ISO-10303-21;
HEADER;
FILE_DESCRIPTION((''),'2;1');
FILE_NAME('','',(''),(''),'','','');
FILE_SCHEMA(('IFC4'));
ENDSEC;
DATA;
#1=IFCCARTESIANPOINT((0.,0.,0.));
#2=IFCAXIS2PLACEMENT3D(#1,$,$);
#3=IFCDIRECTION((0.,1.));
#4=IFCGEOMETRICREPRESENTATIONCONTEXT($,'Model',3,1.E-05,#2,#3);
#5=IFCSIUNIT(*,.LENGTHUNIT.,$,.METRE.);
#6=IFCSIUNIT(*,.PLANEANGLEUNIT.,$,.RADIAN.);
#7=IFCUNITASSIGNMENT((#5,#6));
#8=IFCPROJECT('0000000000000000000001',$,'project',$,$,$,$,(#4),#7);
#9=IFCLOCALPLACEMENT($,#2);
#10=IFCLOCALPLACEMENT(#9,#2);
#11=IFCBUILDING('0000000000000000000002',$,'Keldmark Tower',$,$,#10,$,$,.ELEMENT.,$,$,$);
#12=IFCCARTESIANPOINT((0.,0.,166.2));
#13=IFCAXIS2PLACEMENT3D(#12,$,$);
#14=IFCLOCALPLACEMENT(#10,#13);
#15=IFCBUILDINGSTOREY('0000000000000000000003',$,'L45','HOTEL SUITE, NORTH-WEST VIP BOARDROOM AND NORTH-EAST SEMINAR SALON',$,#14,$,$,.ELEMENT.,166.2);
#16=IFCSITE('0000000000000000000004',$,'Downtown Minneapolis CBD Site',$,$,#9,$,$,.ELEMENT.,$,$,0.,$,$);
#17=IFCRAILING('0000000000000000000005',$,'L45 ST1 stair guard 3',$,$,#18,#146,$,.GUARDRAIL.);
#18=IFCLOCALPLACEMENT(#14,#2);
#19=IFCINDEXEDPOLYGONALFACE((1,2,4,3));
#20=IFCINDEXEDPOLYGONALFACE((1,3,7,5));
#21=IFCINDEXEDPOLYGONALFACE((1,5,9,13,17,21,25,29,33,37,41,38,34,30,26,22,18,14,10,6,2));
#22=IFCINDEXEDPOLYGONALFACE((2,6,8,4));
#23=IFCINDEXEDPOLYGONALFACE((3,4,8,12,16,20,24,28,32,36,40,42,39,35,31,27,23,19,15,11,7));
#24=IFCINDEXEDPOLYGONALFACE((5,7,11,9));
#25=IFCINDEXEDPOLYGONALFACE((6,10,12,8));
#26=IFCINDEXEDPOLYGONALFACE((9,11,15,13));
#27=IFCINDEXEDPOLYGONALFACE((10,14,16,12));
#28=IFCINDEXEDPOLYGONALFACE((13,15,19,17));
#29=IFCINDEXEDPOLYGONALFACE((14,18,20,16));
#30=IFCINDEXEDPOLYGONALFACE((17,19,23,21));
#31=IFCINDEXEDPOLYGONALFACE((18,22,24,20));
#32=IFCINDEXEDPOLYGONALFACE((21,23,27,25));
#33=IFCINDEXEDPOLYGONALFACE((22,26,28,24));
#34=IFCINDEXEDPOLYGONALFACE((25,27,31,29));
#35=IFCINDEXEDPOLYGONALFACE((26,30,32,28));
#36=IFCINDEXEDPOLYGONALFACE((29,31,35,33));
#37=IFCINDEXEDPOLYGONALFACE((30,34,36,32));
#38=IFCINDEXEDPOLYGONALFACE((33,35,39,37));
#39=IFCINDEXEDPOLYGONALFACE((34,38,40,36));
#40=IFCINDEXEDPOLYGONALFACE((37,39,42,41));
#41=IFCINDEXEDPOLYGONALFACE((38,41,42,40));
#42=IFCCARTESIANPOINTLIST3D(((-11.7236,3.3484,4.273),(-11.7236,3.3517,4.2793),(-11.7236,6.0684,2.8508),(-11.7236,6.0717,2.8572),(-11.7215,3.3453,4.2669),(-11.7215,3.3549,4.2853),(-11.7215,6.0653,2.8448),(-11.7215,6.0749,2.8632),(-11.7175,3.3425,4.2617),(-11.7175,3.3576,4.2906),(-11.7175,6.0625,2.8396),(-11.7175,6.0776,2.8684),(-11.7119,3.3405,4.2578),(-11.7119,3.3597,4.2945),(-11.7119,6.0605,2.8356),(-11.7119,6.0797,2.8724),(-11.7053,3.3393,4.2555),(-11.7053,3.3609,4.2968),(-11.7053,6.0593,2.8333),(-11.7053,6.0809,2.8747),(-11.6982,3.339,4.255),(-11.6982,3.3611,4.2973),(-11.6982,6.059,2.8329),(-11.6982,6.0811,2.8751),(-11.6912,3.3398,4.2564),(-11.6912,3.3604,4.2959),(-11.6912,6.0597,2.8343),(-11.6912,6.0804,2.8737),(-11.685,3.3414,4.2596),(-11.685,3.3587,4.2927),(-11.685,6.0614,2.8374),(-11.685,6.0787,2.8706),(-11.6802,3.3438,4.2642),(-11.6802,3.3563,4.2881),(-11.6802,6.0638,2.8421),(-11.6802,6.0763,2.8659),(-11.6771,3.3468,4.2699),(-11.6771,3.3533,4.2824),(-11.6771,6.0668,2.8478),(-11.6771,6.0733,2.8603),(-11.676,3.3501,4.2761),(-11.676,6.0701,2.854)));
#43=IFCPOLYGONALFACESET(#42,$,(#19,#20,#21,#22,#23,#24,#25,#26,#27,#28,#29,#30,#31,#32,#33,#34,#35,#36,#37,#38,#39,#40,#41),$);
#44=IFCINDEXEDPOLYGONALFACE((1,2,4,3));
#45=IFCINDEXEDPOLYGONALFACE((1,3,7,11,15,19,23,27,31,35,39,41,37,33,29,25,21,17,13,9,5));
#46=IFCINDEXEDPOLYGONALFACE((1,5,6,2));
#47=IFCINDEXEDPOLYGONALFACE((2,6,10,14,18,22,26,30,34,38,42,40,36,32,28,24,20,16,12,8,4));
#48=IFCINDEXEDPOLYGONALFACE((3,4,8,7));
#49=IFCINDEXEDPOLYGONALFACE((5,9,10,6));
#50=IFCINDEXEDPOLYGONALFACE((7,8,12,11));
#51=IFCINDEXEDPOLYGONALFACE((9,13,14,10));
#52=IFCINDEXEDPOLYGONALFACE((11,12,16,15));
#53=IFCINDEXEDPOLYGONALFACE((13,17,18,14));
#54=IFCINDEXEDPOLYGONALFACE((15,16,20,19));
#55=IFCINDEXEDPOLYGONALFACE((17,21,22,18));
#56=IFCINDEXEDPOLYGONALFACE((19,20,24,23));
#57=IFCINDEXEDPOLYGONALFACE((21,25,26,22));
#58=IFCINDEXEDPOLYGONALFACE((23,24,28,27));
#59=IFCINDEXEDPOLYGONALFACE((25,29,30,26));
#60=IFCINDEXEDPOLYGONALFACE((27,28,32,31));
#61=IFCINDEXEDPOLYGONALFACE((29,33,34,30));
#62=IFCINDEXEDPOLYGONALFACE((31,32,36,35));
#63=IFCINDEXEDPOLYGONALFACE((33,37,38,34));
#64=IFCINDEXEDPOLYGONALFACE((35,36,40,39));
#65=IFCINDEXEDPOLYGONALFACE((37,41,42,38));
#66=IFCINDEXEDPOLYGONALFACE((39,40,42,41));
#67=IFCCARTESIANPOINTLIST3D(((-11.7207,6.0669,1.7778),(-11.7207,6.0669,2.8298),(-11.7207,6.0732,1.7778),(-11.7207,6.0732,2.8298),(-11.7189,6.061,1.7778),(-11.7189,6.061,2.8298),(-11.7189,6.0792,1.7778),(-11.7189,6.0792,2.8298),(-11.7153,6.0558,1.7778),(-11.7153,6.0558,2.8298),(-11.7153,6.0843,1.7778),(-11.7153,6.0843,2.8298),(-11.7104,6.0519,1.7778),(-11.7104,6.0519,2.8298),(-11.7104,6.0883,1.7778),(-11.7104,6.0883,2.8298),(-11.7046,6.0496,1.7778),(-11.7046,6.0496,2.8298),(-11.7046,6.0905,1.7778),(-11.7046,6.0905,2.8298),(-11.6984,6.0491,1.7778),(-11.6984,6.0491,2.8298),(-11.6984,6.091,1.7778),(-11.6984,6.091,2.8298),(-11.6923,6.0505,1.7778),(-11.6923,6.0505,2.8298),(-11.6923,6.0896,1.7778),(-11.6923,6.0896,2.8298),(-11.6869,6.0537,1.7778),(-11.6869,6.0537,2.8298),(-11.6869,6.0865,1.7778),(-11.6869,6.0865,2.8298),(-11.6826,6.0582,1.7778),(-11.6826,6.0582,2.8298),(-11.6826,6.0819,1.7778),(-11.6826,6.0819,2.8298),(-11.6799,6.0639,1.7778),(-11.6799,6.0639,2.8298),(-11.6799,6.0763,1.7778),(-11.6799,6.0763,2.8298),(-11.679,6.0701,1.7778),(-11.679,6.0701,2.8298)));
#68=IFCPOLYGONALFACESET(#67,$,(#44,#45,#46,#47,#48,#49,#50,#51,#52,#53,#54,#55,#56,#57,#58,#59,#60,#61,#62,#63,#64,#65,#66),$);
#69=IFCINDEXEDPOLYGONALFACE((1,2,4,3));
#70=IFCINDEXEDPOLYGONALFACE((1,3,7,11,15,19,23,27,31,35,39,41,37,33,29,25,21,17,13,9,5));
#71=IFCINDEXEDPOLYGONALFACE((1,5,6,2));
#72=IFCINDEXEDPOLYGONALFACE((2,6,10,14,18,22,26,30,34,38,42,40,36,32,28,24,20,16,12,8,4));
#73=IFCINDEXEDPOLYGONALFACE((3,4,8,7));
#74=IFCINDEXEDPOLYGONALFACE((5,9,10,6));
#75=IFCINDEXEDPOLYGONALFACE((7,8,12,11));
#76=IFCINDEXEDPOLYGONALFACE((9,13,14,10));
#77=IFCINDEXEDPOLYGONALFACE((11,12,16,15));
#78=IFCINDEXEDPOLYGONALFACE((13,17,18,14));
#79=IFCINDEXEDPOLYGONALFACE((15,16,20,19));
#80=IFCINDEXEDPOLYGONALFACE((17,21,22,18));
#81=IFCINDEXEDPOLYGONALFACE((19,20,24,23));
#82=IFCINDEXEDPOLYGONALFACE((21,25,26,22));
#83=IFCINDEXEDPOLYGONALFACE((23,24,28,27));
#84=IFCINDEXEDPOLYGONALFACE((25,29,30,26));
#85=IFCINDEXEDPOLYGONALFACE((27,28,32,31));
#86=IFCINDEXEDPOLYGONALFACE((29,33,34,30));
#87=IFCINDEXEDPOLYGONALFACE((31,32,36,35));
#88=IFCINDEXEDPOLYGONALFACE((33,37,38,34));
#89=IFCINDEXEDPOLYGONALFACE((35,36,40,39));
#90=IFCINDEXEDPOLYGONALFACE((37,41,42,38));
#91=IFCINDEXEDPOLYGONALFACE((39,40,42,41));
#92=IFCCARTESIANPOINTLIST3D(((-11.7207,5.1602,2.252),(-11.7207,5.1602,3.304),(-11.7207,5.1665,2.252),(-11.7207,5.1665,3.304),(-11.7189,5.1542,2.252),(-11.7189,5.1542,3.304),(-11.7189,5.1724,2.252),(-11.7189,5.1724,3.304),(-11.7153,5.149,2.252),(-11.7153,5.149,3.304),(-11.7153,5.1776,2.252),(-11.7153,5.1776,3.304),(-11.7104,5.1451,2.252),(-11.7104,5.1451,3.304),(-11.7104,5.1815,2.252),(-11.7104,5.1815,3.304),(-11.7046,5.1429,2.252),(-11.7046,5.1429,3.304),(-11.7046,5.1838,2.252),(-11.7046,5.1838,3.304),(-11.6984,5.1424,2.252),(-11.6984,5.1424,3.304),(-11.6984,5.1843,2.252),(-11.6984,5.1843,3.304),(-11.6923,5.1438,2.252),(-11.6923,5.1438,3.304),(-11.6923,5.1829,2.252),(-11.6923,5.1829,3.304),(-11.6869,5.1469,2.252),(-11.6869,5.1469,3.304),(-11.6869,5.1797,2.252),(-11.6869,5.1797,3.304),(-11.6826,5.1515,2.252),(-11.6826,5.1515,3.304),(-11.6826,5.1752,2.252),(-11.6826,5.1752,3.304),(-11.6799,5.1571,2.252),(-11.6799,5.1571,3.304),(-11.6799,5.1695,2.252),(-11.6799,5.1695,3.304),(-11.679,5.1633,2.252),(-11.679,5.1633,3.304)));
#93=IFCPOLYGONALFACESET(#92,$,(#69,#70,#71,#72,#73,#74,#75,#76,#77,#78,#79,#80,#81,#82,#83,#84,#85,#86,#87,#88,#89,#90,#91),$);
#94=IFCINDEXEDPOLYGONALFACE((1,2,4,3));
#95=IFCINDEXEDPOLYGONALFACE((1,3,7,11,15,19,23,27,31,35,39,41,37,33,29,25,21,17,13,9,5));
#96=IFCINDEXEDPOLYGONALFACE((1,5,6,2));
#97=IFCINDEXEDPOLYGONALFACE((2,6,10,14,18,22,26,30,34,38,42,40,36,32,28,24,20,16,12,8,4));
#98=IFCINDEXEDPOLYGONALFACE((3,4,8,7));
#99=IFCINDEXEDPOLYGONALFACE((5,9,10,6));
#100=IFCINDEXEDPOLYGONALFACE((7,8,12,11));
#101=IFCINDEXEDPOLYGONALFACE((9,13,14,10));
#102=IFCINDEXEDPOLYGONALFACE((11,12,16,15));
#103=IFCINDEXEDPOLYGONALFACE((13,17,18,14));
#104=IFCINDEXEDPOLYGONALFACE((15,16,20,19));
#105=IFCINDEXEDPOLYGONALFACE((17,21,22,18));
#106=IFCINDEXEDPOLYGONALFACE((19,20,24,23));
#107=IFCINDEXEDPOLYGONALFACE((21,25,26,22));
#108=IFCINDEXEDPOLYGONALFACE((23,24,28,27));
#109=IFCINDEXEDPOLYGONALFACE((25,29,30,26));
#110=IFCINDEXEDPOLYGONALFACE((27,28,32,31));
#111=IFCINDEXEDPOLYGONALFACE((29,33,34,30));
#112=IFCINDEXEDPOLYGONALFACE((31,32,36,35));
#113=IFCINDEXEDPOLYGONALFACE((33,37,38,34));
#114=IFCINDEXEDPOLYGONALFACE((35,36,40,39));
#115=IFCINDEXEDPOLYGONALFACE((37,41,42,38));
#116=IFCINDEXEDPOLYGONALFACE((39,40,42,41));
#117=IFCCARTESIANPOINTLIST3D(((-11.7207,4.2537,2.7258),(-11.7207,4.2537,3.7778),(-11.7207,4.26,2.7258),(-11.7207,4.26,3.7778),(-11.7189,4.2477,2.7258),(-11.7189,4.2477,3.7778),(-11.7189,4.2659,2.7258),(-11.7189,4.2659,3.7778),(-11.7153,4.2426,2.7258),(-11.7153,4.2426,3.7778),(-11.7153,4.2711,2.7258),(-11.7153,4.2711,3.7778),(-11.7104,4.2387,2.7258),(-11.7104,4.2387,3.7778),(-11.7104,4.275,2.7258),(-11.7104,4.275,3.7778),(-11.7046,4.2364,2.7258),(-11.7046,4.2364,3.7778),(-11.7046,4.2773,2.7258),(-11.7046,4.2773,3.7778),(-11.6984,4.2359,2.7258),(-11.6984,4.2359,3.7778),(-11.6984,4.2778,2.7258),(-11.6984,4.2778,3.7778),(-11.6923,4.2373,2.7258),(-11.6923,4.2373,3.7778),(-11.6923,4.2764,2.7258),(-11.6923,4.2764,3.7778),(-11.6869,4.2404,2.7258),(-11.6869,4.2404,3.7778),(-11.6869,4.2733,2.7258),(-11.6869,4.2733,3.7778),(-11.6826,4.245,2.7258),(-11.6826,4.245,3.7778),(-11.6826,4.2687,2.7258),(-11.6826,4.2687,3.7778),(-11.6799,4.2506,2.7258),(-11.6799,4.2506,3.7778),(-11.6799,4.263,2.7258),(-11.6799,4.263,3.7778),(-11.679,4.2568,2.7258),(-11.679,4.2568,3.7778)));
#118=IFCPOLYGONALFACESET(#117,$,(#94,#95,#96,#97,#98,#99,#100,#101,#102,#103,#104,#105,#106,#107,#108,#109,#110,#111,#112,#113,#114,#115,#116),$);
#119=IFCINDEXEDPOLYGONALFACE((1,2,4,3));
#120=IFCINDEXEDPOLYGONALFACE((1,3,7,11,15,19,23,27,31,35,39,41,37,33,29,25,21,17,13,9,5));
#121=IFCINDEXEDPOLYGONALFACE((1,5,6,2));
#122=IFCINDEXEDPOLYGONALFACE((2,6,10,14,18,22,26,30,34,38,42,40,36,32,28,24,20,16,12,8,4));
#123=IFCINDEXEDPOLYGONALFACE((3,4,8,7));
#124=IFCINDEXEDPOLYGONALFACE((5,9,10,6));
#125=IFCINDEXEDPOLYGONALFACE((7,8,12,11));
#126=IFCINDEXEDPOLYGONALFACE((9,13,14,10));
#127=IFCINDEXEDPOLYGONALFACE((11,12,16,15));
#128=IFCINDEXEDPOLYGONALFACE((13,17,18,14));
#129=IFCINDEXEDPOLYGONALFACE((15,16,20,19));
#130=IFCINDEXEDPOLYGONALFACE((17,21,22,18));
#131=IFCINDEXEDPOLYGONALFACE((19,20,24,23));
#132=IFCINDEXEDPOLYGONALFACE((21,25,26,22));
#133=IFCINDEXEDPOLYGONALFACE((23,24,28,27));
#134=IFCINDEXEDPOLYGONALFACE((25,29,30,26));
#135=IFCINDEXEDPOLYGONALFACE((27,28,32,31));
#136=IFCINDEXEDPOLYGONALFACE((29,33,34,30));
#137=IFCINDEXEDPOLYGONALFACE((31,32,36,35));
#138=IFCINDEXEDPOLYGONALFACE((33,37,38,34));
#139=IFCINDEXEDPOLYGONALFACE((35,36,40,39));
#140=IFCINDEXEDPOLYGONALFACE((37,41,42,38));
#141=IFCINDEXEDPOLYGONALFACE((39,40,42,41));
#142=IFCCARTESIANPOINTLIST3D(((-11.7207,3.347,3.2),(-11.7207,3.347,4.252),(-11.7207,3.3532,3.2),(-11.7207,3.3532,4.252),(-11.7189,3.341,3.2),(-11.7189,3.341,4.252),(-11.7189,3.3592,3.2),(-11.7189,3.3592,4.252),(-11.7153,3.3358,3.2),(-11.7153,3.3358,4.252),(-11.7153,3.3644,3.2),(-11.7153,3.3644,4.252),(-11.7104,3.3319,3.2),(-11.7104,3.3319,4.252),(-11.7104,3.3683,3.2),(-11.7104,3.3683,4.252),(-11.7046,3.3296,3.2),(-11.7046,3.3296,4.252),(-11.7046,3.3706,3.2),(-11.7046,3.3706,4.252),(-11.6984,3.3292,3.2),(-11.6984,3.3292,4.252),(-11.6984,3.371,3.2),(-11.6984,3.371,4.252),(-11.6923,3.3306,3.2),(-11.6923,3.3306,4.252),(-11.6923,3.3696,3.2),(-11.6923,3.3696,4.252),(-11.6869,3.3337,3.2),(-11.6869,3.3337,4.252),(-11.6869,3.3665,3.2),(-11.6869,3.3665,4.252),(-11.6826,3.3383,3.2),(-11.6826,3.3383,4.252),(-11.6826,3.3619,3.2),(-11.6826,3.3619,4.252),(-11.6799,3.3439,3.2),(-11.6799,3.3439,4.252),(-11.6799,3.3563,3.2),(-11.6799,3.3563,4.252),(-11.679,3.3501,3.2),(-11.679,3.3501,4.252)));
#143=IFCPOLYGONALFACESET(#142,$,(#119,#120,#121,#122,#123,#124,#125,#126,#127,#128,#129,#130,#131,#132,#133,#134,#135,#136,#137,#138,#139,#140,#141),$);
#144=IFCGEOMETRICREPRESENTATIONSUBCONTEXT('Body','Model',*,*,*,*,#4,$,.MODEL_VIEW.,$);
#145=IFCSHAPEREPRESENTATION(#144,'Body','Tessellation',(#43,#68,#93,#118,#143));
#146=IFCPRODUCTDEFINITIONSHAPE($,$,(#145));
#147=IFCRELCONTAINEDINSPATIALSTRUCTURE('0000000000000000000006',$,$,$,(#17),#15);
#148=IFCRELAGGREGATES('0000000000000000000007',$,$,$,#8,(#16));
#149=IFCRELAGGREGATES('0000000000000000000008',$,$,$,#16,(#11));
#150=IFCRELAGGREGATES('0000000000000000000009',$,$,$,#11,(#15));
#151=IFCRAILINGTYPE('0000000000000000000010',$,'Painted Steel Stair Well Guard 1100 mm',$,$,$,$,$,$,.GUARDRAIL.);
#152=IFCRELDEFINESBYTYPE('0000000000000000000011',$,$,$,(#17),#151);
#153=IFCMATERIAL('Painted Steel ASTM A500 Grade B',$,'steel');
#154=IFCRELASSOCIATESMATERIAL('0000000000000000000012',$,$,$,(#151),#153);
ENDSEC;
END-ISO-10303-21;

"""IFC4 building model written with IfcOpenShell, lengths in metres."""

from ifc_helpers import new_model, si_unit, direction, frame, origin, origin_2d, place, context, subcontext, project, spatial, circle, extrude, material, type_object, element, save


model = new_model("IFC4")

# Units and contexts
model_context = context("Model", 3, precision=1e-05, world=origin(), true_north=direction((0.0, 1.0)))
body_context = subcontext(model_context, "Body", "Model", "MODEL_VIEW")
ifc_project = project(units=[si_unit("LENGTHUNIT", "METRE"), si_unit("PLANEANGLEUNIT", "RADIAN")], contexts=[model_context])

# Site, building, storey
site_placement = place(None, origin())
site = spatial("IfcSite", under=ifc_project, at=site_placement, Name="Downtown Minneapolis CBD Site", CompositionType="ELEMENT", RefElevation=0.0)
building_placement = place(site_placement, origin())
building = spatial("IfcBuilding", under=site, at=building_placement, Name="Keldmark Tower", CompositionType="ELEMENT")
storey_placement = place(building_placement, frame((0.0, 0.0, 166.2)))
storey = spatial("IfcBuildingStorey", under=building, at=storey_placement, Name="L45", Description="HOTEL SUITE, NORTH-WEST VIP BOARDROOM AND NORTH-EAST SEMINAR SALON", CompositionType="ELEMENT", Elevation=166.2)

# Railing
ifc_material_1 = material(Name="Painted Steel ASTM A500 Grade B", Category="steel")
railing_type_1 = type_object("IfcRailingType", Name="Painted Steel Stair Well Guard 1100 mm", PredefinedType="GUARDRAIL", material=ifc_material_1)
railing_1_placement = place(storey_placement, frame((-11.7, 6.0701, 1.7778)))
element("IfcRailing", 1, at=railing_1_placement, inside=storey, type_object=railing_type_1, Name="L45 ST1 stair guard 3", PredefinedType="GUARDRAIL", context=body_context, shape_type="SweptSolid", body=[
    extrude(circle(Radius=0.0239, at=origin_2d()), frame((0.0, 0.0, 1.0762), z_axis=(0.0, -0.886183, 0.463335), x_axis=(1.0, 0.0, 0.0)), (0.0, 0.0, 1.0), 3.0693),
    extrude(circle(Radius=0.021, at=origin_2d()), origin(), (0.0, 0.0, 1.0), 1.052),
    extrude(circle(Radius=0.021, at=origin_2d()), frame((0.0, -0.9067, 0.4741)), (0.0, 0.0, 1.0), 1.052),
    extrude(circle(Radius=0.021, at=origin_2d()), frame((0.0, -1.8132, 0.948)), (0.0, 0.0, 1.0), 1.052),
    extrude(circle(Radius=0.021, at=origin_2d()), frame((0.0, -2.72, 1.4221)), (0.0, 0.0, 1.0), 1.052),
])

save(model, "model.ifc")
